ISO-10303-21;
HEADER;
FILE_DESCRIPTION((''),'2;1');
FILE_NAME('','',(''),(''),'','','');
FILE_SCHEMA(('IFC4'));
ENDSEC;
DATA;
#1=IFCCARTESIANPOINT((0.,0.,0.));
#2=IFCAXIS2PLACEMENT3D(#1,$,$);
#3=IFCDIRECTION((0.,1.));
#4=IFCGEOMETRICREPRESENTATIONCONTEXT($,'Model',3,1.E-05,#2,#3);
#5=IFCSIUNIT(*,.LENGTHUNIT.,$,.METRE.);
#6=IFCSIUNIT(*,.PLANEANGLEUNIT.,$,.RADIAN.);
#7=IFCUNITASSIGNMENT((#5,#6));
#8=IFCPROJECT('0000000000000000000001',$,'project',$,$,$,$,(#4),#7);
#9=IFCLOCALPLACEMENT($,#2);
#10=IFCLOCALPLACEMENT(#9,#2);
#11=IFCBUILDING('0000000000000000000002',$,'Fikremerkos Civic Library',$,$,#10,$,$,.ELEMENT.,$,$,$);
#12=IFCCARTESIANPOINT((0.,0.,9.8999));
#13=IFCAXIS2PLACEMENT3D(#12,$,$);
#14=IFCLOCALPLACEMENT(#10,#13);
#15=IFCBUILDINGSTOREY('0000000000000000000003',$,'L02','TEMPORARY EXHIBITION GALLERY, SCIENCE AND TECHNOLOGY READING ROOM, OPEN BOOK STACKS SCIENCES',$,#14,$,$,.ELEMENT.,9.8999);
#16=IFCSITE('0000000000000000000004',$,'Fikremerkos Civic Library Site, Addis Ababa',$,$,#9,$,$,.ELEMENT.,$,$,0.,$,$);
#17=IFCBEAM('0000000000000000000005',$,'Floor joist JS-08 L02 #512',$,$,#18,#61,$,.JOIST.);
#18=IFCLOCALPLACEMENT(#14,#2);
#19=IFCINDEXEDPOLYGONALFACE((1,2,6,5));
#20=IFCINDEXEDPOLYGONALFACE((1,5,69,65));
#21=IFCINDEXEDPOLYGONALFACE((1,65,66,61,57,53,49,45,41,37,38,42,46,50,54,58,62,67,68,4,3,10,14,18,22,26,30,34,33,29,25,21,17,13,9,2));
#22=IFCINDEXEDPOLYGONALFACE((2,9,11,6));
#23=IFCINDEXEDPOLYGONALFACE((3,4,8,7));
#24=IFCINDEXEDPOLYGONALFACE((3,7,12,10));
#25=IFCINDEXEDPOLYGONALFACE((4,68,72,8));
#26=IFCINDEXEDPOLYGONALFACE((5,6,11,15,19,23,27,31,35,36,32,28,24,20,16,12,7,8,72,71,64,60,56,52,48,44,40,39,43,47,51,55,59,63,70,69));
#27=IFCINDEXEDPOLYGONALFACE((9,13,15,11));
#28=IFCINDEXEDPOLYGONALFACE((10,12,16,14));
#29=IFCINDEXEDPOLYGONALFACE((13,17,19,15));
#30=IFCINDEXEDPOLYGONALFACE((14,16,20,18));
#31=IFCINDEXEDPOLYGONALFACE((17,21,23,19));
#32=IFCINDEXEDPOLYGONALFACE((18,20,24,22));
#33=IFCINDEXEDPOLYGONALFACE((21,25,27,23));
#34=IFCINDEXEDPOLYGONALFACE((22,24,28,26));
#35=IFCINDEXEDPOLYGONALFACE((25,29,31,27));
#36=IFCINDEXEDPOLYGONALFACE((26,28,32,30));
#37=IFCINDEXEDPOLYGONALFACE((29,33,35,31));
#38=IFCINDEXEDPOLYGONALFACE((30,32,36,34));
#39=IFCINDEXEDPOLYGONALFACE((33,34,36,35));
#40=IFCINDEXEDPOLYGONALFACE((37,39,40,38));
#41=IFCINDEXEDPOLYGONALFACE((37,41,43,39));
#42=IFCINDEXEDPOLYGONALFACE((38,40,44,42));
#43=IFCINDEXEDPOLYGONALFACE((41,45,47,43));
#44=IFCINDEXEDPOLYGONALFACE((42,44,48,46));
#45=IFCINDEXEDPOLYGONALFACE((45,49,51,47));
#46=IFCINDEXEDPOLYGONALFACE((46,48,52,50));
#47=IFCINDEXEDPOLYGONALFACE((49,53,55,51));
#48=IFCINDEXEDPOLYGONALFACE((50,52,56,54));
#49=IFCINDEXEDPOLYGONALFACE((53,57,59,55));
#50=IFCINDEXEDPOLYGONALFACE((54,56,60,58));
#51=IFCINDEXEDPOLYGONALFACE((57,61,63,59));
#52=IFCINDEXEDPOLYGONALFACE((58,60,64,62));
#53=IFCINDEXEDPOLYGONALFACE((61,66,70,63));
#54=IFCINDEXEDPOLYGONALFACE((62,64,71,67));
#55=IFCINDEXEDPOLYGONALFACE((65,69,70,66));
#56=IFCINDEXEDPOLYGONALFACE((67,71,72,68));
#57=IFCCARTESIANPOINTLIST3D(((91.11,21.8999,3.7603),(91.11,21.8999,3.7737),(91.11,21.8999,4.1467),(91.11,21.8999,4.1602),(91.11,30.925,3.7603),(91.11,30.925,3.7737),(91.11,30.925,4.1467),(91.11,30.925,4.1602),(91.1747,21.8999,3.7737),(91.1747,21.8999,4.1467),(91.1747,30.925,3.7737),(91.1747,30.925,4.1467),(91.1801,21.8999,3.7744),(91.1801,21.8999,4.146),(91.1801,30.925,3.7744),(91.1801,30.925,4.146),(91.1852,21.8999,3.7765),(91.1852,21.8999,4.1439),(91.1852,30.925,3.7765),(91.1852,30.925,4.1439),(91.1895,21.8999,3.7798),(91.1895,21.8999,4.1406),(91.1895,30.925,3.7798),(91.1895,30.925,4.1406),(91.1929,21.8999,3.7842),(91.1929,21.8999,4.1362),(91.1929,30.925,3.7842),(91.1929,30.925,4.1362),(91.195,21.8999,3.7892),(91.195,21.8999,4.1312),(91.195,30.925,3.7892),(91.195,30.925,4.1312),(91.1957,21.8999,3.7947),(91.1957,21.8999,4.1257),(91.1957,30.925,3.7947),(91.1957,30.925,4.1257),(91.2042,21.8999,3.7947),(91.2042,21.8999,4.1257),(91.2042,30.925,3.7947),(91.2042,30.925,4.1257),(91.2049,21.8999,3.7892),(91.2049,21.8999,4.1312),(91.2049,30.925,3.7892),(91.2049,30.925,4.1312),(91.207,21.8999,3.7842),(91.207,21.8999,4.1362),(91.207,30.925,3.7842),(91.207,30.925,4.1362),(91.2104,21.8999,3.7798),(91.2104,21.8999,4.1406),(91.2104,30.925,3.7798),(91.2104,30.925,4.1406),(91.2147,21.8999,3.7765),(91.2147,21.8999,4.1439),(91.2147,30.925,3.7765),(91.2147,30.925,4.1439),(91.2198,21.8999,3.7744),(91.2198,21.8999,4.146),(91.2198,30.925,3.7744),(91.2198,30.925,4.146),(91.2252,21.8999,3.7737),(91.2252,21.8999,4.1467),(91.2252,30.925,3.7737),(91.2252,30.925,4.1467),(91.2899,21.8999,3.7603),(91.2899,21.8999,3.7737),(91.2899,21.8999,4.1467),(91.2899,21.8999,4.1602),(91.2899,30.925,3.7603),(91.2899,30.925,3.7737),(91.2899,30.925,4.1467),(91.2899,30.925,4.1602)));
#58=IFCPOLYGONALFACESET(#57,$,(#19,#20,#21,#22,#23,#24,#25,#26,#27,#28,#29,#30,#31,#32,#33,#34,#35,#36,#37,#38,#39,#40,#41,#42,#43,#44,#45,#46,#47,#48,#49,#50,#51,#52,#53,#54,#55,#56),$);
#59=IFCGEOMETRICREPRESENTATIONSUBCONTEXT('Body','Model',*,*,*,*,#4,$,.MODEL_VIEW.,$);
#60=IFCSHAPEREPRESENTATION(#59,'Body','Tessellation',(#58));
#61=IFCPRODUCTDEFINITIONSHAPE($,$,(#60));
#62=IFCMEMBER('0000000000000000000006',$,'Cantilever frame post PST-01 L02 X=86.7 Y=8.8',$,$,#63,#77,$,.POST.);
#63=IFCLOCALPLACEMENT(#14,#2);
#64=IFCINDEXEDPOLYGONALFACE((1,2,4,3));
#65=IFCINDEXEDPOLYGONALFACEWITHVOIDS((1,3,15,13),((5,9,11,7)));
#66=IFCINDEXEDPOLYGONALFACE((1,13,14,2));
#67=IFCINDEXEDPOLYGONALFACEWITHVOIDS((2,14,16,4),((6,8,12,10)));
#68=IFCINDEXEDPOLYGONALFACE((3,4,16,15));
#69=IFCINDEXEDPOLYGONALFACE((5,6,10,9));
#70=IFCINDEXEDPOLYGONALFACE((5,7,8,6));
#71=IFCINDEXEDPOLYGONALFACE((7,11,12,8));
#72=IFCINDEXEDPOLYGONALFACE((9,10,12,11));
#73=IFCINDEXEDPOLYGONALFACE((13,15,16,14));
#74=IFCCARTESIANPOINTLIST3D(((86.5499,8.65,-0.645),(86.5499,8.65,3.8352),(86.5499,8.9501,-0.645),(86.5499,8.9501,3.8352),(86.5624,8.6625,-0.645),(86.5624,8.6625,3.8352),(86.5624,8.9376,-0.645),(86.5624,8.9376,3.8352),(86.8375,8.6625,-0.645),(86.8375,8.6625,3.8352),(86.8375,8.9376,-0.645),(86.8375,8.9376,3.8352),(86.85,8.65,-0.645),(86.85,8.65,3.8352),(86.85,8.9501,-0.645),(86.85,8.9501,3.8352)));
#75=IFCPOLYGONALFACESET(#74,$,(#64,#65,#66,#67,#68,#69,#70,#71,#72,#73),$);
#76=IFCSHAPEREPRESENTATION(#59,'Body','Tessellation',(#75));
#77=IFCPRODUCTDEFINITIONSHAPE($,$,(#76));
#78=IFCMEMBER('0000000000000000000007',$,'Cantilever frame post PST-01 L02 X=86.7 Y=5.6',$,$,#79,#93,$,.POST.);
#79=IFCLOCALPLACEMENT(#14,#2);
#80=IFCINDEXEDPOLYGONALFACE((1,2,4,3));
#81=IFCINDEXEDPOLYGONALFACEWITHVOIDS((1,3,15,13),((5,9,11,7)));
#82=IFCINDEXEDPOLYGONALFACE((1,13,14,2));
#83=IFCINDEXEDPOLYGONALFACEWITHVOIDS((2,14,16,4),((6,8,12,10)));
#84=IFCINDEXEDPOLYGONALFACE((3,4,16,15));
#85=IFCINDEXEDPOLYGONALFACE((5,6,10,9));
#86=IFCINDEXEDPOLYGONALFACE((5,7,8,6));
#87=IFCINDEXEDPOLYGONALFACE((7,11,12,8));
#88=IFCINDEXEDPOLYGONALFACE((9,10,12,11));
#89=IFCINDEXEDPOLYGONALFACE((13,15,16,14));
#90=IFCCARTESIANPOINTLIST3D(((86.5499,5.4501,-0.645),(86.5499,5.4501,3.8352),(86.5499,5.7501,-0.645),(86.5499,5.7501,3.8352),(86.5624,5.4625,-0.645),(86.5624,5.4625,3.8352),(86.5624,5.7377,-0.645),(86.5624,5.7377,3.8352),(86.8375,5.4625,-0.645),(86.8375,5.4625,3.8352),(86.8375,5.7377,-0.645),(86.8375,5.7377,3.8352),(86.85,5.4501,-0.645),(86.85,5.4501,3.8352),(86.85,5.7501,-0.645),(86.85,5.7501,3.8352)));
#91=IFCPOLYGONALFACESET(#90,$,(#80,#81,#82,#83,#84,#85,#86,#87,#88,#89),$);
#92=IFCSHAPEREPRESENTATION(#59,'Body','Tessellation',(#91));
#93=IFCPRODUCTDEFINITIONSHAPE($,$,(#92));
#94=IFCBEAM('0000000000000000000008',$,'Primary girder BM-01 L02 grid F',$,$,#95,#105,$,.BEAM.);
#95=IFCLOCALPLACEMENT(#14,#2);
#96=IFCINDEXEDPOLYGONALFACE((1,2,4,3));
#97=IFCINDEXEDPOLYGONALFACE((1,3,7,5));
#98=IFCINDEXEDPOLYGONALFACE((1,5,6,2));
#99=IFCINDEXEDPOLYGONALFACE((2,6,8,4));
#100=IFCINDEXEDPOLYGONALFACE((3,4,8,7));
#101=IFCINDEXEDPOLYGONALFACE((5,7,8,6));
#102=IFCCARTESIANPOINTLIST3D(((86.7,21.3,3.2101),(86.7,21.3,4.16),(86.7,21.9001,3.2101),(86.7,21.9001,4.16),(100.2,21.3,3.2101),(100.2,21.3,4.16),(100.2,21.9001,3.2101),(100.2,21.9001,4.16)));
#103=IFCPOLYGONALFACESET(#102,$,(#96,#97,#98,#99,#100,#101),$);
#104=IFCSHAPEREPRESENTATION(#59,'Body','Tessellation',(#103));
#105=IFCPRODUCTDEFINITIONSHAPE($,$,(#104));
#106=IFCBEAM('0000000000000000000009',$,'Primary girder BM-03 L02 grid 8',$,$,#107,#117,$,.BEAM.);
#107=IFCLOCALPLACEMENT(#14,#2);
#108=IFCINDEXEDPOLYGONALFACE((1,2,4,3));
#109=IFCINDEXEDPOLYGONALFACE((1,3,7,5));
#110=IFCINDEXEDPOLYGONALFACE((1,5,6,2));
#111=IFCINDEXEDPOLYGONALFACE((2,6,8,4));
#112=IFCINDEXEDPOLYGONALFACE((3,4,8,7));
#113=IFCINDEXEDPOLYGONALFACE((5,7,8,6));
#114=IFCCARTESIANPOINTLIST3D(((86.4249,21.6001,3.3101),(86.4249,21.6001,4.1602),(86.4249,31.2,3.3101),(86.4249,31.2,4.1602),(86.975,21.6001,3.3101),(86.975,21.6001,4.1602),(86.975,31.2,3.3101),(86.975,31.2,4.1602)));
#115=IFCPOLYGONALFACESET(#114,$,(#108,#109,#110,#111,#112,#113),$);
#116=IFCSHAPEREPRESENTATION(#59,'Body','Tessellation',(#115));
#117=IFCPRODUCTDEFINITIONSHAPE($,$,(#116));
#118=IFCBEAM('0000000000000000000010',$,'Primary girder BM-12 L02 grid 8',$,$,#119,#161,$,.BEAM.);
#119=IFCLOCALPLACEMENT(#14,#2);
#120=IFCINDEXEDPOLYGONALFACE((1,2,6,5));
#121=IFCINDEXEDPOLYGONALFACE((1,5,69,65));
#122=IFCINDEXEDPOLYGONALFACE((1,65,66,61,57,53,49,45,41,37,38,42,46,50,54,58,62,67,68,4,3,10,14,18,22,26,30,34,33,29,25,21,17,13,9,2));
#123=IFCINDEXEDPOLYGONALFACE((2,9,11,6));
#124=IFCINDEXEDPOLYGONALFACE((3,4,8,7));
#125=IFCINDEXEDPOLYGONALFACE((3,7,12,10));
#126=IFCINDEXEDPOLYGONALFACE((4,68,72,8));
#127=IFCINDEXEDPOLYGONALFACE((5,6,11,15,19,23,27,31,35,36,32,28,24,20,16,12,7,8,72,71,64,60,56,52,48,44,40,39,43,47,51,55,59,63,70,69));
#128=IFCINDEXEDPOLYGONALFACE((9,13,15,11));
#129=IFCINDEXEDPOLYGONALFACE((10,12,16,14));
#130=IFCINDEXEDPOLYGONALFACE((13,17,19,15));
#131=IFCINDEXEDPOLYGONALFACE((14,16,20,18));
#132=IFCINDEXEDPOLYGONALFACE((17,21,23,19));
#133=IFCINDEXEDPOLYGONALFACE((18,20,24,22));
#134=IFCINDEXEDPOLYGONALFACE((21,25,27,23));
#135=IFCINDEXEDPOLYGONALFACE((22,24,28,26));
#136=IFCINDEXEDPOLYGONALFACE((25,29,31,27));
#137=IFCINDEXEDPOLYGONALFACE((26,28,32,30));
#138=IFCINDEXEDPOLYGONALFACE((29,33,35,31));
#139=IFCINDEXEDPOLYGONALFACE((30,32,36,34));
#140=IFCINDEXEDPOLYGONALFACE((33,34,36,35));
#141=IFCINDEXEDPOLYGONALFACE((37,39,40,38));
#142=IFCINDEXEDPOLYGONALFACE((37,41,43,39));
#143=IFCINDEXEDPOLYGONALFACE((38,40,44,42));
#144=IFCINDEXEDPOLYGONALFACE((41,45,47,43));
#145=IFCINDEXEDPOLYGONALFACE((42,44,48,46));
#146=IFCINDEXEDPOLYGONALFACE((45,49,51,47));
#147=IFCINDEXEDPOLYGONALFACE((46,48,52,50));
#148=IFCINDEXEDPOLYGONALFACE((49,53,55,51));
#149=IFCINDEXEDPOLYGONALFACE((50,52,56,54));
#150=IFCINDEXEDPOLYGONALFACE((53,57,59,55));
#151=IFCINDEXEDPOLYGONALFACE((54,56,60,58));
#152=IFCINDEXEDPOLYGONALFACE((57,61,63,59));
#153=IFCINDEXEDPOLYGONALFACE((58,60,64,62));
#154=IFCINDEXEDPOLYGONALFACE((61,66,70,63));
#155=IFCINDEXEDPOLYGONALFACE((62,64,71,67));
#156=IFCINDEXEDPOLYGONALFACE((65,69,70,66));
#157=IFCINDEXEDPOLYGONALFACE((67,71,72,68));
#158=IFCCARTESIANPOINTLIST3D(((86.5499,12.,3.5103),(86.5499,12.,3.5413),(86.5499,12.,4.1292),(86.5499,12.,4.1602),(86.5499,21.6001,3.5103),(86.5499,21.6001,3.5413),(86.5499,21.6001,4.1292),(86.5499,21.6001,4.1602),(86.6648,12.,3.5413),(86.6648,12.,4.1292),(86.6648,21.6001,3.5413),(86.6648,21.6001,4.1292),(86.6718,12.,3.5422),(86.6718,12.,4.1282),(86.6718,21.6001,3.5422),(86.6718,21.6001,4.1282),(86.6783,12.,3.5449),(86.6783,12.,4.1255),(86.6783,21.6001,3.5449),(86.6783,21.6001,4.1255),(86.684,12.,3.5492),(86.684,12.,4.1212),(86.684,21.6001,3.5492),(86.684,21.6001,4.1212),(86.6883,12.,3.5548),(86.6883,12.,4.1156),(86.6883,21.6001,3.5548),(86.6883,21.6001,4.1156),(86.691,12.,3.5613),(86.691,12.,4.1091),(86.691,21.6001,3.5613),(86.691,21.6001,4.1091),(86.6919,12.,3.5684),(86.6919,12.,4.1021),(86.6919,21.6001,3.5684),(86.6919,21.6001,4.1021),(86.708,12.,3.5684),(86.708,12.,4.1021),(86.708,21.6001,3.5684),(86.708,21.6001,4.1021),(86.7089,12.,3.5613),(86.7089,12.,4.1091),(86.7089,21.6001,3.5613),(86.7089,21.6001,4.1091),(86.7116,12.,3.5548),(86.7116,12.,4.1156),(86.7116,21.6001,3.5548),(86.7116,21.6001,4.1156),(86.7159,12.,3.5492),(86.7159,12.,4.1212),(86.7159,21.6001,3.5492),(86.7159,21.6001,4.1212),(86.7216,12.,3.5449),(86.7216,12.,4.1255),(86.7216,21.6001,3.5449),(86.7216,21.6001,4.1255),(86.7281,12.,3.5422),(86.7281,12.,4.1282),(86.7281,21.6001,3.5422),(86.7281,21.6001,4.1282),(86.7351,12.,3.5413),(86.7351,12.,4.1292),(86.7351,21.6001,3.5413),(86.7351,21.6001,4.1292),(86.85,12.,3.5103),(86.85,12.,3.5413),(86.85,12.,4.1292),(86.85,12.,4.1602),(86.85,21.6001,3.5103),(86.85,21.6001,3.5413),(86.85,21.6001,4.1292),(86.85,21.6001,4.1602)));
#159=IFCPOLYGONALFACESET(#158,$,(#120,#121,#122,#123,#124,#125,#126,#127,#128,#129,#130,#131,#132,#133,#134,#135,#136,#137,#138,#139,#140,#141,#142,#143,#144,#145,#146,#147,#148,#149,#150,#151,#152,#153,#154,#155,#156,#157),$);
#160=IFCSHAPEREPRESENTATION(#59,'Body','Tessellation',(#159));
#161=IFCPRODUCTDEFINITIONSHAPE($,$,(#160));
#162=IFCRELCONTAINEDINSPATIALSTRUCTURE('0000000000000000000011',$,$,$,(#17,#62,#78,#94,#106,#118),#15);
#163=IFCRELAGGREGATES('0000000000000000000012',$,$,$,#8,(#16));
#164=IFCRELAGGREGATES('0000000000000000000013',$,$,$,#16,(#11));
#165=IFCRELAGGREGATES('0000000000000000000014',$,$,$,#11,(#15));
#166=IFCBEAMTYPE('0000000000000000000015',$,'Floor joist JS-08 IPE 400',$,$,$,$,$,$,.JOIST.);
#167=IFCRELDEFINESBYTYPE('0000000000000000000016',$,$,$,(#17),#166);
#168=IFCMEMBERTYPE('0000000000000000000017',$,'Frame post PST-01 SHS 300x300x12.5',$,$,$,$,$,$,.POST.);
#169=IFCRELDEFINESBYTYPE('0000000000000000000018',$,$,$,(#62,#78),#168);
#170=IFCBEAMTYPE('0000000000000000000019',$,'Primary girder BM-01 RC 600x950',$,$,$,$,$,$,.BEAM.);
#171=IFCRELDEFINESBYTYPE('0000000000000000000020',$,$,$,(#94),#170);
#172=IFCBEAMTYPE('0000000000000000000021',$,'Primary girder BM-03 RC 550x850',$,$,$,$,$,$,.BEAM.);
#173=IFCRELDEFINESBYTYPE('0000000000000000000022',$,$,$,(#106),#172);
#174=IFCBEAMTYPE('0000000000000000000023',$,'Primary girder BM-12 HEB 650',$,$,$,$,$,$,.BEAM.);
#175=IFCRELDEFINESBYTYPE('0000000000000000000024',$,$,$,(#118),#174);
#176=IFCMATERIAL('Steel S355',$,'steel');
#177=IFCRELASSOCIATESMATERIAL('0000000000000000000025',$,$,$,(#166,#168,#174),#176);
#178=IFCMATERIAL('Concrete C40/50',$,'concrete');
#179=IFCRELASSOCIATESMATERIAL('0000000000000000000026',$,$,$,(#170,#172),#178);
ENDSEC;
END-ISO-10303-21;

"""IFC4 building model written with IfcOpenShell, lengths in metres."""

from ifc_helpers import new_model, si_unit, direction, frame, origin, origin_2d, place, context, subcontext, project, spatial, rectangle, hollow_rectangle, i_section, extrude, material, material_profile, profile_set, type_object, element, save


model = new_model("IFC4")

# Units and contexts
model_context = context("Model", 3, precision=1e-05, world=origin(), true_north=direction((0.0, 1.0)))
body_context = subcontext(model_context, "Body", "Model", "MODEL_VIEW")
ifc_project = project(units=[si_unit("LENGTHUNIT", "METRE"), si_unit("PLANEANGLEUNIT", "RADIAN")], contexts=[model_context])

# Site, building, storey
site_placement = place(None, origin())
site = spatial("IfcSite", under=ifc_project, at=site_placement, Name="Fikremerkos Civic Library Site, Addis Ababa", CompositionType="ELEMENT", RefElevation=0.0)
building_placement = place(site_placement, origin())
building = spatial("IfcBuilding", under=site, at=building_placement, Name="Fikremerkos Civic Library", CompositionType="ELEMENT")
storey_placement = place(building_placement, frame((0.0, 0.0, 9.8999)))
storey = spatial("IfcBuildingStorey", under=building, at=storey_placement, Name="L02", Description="TEMPORARY EXHIBITION GALLERY, SCIENCE AND TECHNOLOGY READING ROOM, OPEN BOOK STACKS SCIENCES", CompositionType="ELEMENT", Elevation=9.8999)

# Shared definitions
ifc_material_1 = material(Name="Concrete C40/50", Category="concrete")
ifc_material_2 = material(Name="Steel S355", Category="steel")

# Beam
ifc_material_profile_1 = material_profile(ifc_material_2, i_section(OverallWidth=0.1799, OverallDepth=0.3999, WebThickness=0.0085, FlangeThickness=0.0134, FilletRadius=0.021, at=origin_2d()), Name="IPE 400")
ifc_profile_set_1 = profile_set([ifc_material_profile_1], Name="Steel S355")
beam_type_1 = type_object("IfcBeamType", Name="Floor joist JS-08 IPE 400", PredefinedType="JOIST", material=ifc_profile_set_1)
beam_1_placement = place(storey_placement, frame((91.2, 21.8999, 3.9602), z_axis=(0.0, 1.0, 0.0), x_axis=(-1.0, 0.0, 0.0)))
element("IfcBeam", 1, at=beam_1_placement, inside=storey, type_object=beam_type_1, Name="Floor joist JS-08 L02 #512", PredefinedType="JOIST", context=body_context, shape_type="SweptSolid", body=[
    extrude(i_section(OverallWidth=0.1799, OverallDepth=0.3999, WebThickness=0.0085, FlangeThickness=0.0134, FilletRadius=0.021, at=origin_2d()), origin(), (0.0, 0.0, 1.0), 9.0251),
])

# Members
ifc_material_profile_2 = material_profile(ifc_material_2, hollow_rectangle(XDim=0.3, YDim=0.3, WallThickness=0.0125, at=origin_2d()), Name="SHS 300x300x12.5")
ifc_profile_set_2 = profile_set([ifc_material_profile_2], Name="Steel S355")
member_type_1 = type_object("IfcMemberType", Name="Frame post PST-01 SHS 300x300x12.5", PredefinedType="POST", material=ifc_profile_set_2)
for number, where, z_axis, x_axis, name in (
    (2, (86.7, 8.8, -0.645), (0.0, 0.0, 1.0), (1.0, 0.0, 0.0), "Cantilever frame post PST-01 L02 X=86.7 Y=8.8"),
    (3, (86.7, 5.6001, -0.645), (0.0, 0.0, 1.0), (1.0, 0.0, 0.0), "Cantilever frame post PST-01 L02 X=86.7 Y=5.6"),
):
    element("IfcMember", number, at=place(storey_placement, frame(where, z_axis=z_axis, x_axis=x_axis)), inside=storey, type_object=member_type_1, Name=name, PredefinedType="POST", context=body_context, shape_type="SweptSolid", body=[
        extrude(hollow_rectangle(XDim=0.3, YDim=0.3, WallThickness=0.0125, at=origin_2d()), origin(), (0.0, 0.0, 1.0), 4.4802),
    ])

# Beams
ifc_material_profile_3 = material_profile(ifc_material_1, rectangle(XDim=0.6001, YDim=0.95, at=origin_2d()), Name="RC 600x950")
ifc_profile_set_3 = profile_set([ifc_material_profile_3], Name="Concrete C40/50")
beam_type_2 = type_object("IfcBeamType", Name="Primary girder BM-01 RC 600x950", PredefinedType="BEAM", material=ifc_profile_set_3)
beam_2_placement = place(storey_placement, frame((86.7, 21.6001, 3.6851), z_axis=(1.0, 0.0, 0.0), x_axis=(0.0, 1.0, 0.0)))
element("IfcBeam", 4, at=beam_2_placement, inside=storey, type_object=beam_type_2, Name="Primary girder BM-01 L02 grid F", PredefinedType="BEAM", context=body_context, shape_type="SweptSolid", body=[
    extrude(rectangle(XDim=0.6001, YDim=0.95, at=origin_2d()), origin(), (0.0, 0.0, 1.0), 13.5),
])
ifc_material_profile_4 = material_profile(ifc_material_1, rectangle(XDim=0.55, YDim=0.8501, at=origin_2d()), Name="RC 550x850")
ifc_profile_set_4 = profile_set([ifc_material_profile_4], Name="Concrete C40/50")
beam_type_3 = type_object("IfcBeamType", Name="Primary girder BM-03 RC 550x850", PredefinedType="BEAM", material=ifc_profile_set_4)
beam_3_placement = place(storey_placement, frame((86.7, 21.6001, 3.7351), z_axis=(0.0, 1.0, 0.0), x_axis=(-1.0, 0.0, 0.0)))
element("IfcBeam", 5, at=beam_3_placement, inside=storey, type_object=beam_type_3, Name="Primary girder BM-03 L02 grid 8", PredefinedType="BEAM", context=body_context, shape_type="SweptSolid", body=[
    extrude(rectangle(XDim=0.55, YDim=0.8501, at=origin_2d()), origin(), (0.0, 0.0, 1.0), 9.5999),
])
ifc_material_profile_5 = material_profile(ifc_material_2, i_section(OverallWidth=0.3, OverallDepth=0.6499, WebThickness=0.0161, FlangeThickness=0.031, FilletRadius=0.0271, at=origin_2d()), Name="HEB 650")
ifc_profile_set_5 = profile_set([ifc_material_profile_5], Name="Steel S355")
beam_type_4 = type_object("IfcBeamType", Name="Primary girder BM-12 HEB 650", PredefinedType="BEAM", material=ifc_profile_set_5)
beam_4_placement = place(storey_placement, frame((86.7, 12.0, 3.8352), z_axis=(0.0, 1.0, 0.0), x_axis=(-1.0, 0.0, 0.0)))
element("IfcBeam", 6, at=beam_4_placement, inside=storey, type_object=beam_type_4, Name="Primary girder BM-12 L02 grid 8", PredefinedType="BEAM", context=body_context, shape_type="SweptSolid", body=[
    extrude(i_section(OverallWidth=0.3, OverallDepth=0.6499, WebThickness=0.0161, FlangeThickness=0.031, FilletRadius=0.0271, at=origin_2d()), origin(), (0.0, 0.0, 1.0), 9.6001),
])

save(model, "model.ifc")
